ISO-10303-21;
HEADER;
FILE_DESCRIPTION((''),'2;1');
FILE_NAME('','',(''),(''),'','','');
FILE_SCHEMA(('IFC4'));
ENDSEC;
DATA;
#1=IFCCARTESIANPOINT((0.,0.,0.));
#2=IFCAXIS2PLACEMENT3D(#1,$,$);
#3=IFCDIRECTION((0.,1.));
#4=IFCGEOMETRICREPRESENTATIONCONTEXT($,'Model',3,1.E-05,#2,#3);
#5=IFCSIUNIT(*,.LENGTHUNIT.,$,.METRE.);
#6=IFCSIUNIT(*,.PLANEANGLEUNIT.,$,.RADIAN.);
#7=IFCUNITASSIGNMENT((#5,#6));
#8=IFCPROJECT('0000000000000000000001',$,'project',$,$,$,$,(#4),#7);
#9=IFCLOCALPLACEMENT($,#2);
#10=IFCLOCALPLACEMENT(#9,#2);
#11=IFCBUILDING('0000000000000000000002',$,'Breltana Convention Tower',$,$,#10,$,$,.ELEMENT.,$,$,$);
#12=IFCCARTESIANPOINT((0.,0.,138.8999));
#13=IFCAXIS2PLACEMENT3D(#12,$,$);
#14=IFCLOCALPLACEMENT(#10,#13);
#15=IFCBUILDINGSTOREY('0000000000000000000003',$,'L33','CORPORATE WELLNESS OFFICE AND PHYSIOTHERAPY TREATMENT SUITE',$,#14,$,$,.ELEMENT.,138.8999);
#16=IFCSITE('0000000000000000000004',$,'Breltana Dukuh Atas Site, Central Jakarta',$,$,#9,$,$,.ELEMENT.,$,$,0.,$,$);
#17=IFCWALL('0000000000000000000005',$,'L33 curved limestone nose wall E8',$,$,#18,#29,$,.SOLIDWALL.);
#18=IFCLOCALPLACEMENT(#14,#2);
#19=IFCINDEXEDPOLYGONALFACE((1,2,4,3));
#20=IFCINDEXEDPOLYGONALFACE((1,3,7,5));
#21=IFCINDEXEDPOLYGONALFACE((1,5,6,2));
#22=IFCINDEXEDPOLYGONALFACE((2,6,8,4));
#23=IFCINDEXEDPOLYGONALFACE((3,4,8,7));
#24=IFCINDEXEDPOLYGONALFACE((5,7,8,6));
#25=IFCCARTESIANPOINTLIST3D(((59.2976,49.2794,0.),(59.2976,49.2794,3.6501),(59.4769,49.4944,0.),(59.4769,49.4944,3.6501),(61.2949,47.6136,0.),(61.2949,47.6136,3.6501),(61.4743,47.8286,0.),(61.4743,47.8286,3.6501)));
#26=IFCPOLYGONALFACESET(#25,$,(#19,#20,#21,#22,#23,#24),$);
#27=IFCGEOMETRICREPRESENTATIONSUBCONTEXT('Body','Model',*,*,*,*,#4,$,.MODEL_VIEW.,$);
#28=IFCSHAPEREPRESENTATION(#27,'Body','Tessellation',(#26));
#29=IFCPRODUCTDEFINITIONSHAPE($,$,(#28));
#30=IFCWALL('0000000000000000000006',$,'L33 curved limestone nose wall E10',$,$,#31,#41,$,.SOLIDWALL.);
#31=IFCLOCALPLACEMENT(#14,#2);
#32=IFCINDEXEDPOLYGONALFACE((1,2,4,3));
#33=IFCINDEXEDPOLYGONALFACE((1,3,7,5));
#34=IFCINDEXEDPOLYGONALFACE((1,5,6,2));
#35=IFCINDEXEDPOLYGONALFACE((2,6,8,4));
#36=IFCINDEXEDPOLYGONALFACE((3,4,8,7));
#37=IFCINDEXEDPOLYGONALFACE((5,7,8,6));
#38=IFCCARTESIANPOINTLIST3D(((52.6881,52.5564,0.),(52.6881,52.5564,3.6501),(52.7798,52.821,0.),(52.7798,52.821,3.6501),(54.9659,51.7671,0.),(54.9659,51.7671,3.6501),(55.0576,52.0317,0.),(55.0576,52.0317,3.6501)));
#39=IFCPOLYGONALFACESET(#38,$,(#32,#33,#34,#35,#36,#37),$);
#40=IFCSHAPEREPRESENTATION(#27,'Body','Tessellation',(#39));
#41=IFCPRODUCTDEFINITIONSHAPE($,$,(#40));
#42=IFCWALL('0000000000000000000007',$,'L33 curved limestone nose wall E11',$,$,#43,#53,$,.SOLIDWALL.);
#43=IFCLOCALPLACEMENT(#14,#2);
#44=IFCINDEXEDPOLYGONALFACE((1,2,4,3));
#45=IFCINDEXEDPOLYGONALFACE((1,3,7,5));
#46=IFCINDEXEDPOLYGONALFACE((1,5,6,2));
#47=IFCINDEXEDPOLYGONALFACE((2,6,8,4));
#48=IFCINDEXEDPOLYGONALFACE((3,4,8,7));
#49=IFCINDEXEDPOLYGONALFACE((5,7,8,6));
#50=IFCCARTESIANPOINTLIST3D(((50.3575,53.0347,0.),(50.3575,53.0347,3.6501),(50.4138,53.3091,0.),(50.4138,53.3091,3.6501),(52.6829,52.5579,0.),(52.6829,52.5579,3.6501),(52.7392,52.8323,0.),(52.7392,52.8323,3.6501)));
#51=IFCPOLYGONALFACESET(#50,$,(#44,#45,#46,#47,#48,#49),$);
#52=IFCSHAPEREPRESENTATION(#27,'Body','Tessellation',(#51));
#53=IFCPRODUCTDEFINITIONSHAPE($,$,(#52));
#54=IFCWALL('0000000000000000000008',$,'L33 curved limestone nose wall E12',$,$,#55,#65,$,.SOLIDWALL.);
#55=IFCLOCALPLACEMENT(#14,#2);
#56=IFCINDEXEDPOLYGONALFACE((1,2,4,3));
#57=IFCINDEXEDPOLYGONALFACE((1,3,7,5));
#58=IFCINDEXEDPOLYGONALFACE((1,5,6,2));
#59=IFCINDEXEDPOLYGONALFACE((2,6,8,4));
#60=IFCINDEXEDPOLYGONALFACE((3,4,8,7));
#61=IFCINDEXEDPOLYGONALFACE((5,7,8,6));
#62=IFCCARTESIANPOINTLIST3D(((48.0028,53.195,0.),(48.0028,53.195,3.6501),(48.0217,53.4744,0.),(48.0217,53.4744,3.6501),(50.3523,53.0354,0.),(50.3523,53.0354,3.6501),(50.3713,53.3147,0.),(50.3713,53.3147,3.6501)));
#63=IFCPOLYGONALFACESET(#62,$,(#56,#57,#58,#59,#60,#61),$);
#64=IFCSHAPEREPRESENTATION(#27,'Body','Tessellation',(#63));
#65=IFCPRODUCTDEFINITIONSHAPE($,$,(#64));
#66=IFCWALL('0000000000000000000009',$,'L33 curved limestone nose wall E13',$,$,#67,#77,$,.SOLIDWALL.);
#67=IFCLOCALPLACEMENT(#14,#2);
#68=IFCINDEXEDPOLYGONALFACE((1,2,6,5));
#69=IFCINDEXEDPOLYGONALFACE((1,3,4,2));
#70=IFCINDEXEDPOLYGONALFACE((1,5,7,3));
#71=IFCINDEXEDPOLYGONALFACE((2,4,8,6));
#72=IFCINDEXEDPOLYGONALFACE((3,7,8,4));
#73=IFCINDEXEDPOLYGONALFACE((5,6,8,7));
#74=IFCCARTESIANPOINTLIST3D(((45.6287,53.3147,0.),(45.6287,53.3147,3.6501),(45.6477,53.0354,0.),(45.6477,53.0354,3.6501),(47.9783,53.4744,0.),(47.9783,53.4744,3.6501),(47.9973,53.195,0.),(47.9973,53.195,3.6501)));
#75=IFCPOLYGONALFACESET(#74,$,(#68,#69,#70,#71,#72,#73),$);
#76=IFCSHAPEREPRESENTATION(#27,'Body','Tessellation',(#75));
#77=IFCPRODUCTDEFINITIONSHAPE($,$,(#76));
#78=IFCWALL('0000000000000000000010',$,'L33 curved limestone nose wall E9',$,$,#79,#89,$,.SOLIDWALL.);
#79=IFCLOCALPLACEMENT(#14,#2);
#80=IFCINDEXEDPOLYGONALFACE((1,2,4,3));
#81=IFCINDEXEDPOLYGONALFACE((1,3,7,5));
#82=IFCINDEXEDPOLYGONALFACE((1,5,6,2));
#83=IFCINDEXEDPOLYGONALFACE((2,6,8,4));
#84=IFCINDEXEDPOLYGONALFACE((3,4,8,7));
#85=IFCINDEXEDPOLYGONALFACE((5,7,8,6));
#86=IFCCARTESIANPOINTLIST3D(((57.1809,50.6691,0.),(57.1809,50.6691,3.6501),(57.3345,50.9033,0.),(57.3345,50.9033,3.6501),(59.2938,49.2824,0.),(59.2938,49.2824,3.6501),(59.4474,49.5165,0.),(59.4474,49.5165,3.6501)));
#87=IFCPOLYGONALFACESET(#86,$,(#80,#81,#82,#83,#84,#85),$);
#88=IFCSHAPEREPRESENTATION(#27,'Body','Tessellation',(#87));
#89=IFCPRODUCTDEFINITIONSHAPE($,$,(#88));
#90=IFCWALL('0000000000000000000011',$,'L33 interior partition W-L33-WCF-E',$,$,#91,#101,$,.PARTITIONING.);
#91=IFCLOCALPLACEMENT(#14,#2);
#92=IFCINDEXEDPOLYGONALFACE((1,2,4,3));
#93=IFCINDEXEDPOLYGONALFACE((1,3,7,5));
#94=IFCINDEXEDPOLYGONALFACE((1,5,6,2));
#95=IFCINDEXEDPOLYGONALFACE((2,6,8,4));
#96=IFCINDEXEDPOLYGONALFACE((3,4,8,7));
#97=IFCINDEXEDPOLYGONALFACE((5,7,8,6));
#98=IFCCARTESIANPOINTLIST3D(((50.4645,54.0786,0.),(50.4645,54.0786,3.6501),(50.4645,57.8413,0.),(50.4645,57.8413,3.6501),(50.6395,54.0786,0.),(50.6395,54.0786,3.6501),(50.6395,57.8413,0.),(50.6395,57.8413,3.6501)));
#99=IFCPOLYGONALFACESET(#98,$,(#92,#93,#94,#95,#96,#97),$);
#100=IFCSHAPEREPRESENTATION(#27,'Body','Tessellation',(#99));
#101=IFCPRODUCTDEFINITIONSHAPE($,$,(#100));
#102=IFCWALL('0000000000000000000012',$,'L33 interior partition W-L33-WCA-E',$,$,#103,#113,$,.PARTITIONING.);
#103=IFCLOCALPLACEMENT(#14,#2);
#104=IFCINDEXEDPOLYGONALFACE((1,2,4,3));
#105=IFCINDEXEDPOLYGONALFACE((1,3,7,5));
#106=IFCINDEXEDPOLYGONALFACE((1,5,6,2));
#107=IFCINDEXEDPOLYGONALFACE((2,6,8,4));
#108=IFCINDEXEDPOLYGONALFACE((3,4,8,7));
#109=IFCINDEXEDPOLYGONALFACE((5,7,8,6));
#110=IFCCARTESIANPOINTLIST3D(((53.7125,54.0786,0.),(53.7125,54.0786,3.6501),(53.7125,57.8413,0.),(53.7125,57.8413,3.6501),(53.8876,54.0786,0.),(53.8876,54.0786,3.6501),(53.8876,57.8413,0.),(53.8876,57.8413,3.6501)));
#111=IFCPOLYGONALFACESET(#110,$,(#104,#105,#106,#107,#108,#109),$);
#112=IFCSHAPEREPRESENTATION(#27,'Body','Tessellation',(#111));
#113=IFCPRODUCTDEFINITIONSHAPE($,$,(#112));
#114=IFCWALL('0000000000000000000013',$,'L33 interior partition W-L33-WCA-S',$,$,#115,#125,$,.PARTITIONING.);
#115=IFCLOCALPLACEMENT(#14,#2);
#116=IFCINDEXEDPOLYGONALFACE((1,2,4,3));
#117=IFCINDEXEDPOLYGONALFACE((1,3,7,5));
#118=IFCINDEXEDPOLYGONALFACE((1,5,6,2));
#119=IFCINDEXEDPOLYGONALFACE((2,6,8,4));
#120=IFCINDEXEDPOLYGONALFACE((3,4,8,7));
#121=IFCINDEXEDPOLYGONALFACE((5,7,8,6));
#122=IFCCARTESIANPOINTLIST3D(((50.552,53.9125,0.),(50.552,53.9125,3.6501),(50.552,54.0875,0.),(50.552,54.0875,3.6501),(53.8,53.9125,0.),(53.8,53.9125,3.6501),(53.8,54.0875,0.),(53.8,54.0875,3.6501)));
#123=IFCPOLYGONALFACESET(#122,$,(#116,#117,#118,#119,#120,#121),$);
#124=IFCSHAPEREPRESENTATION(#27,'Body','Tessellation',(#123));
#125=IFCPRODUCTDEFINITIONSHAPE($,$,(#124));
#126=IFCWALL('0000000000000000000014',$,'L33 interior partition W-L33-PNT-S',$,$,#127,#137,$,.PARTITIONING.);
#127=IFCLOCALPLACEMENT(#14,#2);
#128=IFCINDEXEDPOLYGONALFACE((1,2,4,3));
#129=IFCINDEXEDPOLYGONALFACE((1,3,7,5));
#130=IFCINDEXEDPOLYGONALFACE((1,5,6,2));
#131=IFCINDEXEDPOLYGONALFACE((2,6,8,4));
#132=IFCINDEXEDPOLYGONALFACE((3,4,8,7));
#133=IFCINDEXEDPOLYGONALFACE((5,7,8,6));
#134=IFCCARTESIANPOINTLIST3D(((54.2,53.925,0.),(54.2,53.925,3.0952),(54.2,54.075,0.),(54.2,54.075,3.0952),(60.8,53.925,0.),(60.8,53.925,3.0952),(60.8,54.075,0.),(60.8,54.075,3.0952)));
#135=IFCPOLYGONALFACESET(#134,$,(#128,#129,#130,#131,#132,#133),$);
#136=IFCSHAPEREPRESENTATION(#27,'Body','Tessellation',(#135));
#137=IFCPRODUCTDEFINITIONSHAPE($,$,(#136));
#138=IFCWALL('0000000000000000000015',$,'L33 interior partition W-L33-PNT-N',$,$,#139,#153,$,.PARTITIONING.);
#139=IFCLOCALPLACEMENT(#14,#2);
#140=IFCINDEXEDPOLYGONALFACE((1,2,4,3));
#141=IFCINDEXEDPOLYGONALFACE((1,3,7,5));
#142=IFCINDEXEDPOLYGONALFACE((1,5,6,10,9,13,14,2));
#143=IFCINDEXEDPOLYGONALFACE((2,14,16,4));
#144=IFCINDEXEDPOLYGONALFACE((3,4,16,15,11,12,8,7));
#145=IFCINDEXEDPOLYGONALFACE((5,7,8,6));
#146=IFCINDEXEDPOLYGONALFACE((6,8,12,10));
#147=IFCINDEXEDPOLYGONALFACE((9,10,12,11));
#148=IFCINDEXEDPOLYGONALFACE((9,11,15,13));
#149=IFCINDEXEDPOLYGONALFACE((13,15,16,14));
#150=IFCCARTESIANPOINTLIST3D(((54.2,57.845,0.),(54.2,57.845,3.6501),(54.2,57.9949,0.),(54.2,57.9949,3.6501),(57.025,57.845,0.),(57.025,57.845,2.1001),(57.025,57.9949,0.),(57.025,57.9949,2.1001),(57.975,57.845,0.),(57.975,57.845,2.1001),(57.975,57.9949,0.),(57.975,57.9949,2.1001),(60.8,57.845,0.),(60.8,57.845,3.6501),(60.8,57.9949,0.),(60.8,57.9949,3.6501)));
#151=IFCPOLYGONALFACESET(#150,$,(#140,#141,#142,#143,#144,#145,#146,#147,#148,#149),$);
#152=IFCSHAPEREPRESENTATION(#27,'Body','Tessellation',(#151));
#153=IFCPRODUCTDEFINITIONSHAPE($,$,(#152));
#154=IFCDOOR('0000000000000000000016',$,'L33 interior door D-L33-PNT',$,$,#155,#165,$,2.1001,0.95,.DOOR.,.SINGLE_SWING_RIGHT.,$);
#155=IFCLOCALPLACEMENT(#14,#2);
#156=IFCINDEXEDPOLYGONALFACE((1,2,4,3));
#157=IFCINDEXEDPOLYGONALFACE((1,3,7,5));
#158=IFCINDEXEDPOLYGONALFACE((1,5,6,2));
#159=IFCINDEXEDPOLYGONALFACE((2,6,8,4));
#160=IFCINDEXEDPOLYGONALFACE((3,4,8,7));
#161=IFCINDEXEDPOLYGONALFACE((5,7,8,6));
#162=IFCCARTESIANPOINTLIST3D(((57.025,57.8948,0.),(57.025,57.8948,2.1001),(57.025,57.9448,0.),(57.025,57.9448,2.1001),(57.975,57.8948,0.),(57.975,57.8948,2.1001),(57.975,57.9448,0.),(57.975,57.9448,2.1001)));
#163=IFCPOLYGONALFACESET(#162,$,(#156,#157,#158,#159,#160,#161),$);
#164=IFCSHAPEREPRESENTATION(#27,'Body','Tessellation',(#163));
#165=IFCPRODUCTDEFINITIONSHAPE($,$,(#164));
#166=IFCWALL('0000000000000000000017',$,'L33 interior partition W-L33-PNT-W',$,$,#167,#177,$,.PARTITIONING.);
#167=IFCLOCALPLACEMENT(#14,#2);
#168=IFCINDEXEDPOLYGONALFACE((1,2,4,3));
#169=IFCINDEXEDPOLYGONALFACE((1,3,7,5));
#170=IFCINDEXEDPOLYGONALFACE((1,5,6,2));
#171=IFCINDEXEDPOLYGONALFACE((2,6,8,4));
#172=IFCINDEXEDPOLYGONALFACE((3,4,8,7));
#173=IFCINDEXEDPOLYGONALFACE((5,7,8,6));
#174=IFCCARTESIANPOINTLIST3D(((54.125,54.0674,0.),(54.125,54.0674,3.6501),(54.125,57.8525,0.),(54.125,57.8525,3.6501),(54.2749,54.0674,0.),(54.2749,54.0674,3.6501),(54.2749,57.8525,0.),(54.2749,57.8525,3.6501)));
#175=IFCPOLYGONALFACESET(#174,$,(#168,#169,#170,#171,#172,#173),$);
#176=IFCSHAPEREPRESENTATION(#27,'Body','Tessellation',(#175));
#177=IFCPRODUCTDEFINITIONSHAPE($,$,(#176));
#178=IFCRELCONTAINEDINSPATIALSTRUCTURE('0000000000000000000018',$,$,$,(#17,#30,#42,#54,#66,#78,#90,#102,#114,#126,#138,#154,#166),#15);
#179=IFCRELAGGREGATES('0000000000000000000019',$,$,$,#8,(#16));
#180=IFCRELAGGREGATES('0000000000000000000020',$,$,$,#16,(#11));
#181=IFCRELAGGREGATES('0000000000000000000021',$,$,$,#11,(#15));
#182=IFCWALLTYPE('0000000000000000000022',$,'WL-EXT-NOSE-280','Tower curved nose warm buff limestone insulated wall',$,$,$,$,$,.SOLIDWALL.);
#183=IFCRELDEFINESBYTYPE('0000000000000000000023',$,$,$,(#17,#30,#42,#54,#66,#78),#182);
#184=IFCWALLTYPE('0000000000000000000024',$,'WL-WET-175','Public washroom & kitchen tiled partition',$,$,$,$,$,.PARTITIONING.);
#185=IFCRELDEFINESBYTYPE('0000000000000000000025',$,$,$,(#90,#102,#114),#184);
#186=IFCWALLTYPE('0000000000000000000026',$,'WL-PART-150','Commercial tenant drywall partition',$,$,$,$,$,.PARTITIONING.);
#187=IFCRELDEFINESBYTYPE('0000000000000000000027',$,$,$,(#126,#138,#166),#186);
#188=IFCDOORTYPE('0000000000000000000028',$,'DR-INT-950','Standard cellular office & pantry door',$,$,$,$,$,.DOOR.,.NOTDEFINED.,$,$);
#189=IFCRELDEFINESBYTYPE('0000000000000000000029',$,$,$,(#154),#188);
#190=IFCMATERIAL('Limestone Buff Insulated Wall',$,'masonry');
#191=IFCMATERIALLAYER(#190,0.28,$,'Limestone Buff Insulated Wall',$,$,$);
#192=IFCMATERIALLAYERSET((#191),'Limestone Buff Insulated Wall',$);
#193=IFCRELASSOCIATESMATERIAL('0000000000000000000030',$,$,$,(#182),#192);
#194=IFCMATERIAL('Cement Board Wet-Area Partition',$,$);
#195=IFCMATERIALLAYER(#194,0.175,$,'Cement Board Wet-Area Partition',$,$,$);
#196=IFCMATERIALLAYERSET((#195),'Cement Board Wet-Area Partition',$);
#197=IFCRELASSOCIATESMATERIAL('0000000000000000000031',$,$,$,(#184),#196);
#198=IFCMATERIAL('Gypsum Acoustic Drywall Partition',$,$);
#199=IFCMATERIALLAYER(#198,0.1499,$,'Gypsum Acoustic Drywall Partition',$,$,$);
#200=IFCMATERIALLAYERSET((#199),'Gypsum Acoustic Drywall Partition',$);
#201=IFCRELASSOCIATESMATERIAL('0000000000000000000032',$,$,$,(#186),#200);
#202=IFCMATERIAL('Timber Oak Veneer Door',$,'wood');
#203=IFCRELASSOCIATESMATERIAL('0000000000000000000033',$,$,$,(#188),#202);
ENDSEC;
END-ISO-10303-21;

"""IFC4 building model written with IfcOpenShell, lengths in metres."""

from ifc_helpers import new_model, si_unit, direction, frame, frame_2d, origin, place, context, subcontext, project, spatial, rectangle, extrude, source, transform, mapped, material, layer, layer_set, type_object, type_shapes, element, fill, save


model = new_model("IFC4")

# Units and contexts
model_context = context("Model", 3, precision=1e-05, world=origin(), true_north=direction((0.0, 1.0)))
body_context = subcontext(model_context, "Body", "Model", "MODEL_VIEW")
ifc_project = project(units=[si_unit("LENGTHUNIT", "METRE"), si_unit("PLANEANGLEUNIT", "RADIAN")], contexts=[model_context])

# Site, building, storey
site_placement = place(None, origin())
site = spatial("IfcSite", under=ifc_project, at=site_placement, Name="Breltana Dukuh Atas Site, Central Jakarta", CompositionType="ELEMENT", RefElevation=0.0)
building_placement = place(site_placement, origin())
building = spatial("IfcBuilding", under=site, at=building_placement, Name="Breltana Convention Tower", CompositionType="ELEMENT")
storey_placement = place(building_placement, frame((0.0, 0.0, 138.8999)))
storey = spatial("IfcBuildingStorey", under=building, at=storey_placement, Name="L33", Description="CORPORATE WELLNESS OFFICE AND PHYSIOTHERAPY TREATMENT SUITE", CompositionType="ELEMENT", Elevation=138.8999)

# Walls
ifc_material_1 = material(Name="Limestone Buff Insulated Wall", Category="masonry")
ifc_layer_1 = layer(ifc_material_1, 0.28, Name="Limestone Buff Insulated Wall")
ifc_layer_set_1 = layer_set([ifc_layer_1], Name="Limestone Buff Insulated Wall")
wall_type_1 = type_object("IfcWallType", Name="WL-EXT-NOSE-280", Description="Tower curved nose warm buff limestone insulated wall", PredefinedType="SOLIDWALL", material=ifc_layer_set_1)
shared_shape_1 = source(origin(), body_context, "Body", "SweptSolid", [
    extrude(rectangle(XDim=2.6008, YDim=0.28, at=frame_2d((1.3003, 0.0))), origin(), (0.0, 0.0, 1.0), 3.6501),
])
wall_1_placement = place(storey_placement, frame((61.3845, 47.7212, 0.0), z_axis=(0.0, 0.0, 1.0), x_axis=(-0.767967, 0.640489, 0.0)))
element("IfcWall", 1, at=wall_1_placement, inside=storey, type_object=wall_type_1, Name="L33 curved limestone nose wall E8", PredefinedType="SOLIDWALL", context=body_context, shape_type="MappedRepresentation", body=[
    mapped(shared_shape_1, transform((0.0, 0.0, 0.0), scale=1.0)),
])
shared_shape_2 = source(origin(), body_context, "Body", "SweptSolid", [
    extrude(rectangle(XDim=2.4106, YDim=0.28, at=frame_2d((1.2053, 0.0))), origin(), (0.0, 0.0, 1.0), 3.6501),
])
wall_2_placement = place(storey_placement, frame((55.0117, 51.8994, 0.0), z_axis=(0.0, 0.0, 1.0), x_axis=(-0.94488, 0.327417, 0.0)))
element("IfcWall", 2, at=wall_2_placement, inside=storey, type_object=wall_type_1, Name="L33 curved limestone nose wall E10", PredefinedType="SOLIDWALL", context=body_context, shape_type="MappedRepresentation", body=[
    mapped(shared_shape_2, transform((0.0, 0.0, 0.0), scale=1.0)),
])
shared_shape_3 = source(origin(), body_context, "Body", "SweptSolid", [
    extrude(rectangle(XDim=2.3738, YDim=0.28, at=frame_2d((1.187, 0.0))), origin(), (0.0, 0.0, 1.0), 3.6501),
])
wall_3_placement = place(storey_placement, frame((52.7112, 52.6951, 0.0), z_axis=(0.0, 0.0, 1.0), x_axis=(-0.97962, 0.200861, 0.0)))
element("IfcWall", 3, at=wall_3_placement, inside=storey, type_object=wall_type_1, Name="L33 curved limestone nose wall E11", PredefinedType="SOLIDWALL", context=body_context, shape_type="MappedRepresentation", body=[
    mapped(shared_shape_3, transform((0.0, 0.0, 0.0), scale=1.0)),
])
shared_shape_4 = source(origin(), body_context, "Body", "SweptSolid", [
    extrude(rectangle(XDim=2.355, YDim=0.28, at=frame_2d((1.1775, 0.0))), origin(), (0.0, 0.0, 1.0), 3.6501),
])
for number, where, z_axis, x_axis, name in (
    (4, (50.3618, 53.175, 0.0), (0.0, 0.0, 1.0), (-0.997699, 0.067799, 0.0), "L33 curved limestone nose wall E12"),
    (5, (47.9878, 53.3347, 0.0), (0.0, 0.0, 1.0), (-0.997699, -0.067799, 0.0), "L33 curved limestone nose wall E13"),
):
    element("IfcWall", number, at=place(storey_placement, frame(where, z_axis=z_axis, x_axis=x_axis)), inside=storey, type_object=wall_type_1, Name=name, PredefinedType="SOLIDWALL", context=body_context, shape_type="MappedRepresentation", body=[
        mapped(shared_shape_4, transform((0.0, 0.0, 0.0), scale=1.0)),
    ])
shared_shape_5 = source(origin(), body_context, "Body", "SweptSolid", [
    extrude(rectangle(XDim=2.5273, YDim=0.28, at=frame_2d((1.2637, 0.0))), origin(), (0.0, 0.0, 1.0), 3.6501),
])
wall_4_placement = place(storey_placement, frame((59.3706, 49.3994, 0.0), z_axis=(0.0, 0.0, 1.0), x_axis=(-0.836012, 0.548711, 0.0)))
element("IfcWall", 6, at=wall_4_placement, inside=storey, type_object=wall_type_1, Name="L33 curved limestone nose wall E9", PredefinedType="SOLIDWALL", context=body_context, shape_type="MappedRepresentation", body=[
    mapped(shared_shape_5, transform((0.0, 0.0, 0.0), scale=1.0)),
])
ifc_material_2 = material(Name="Cement Board Wet-Area Partition")
ifc_layer_2 = layer(ifc_material_2, 0.175, Name="Cement Board Wet-Area Partition")
ifc_layer_set_2 = layer_set([ifc_layer_2], Name="Cement Board Wet-Area Partition")
wall_type_2 = type_object("IfcWallType", Name="WL-WET-175", Description="Public washroom & kitchen tiled partition", PredefinedType="PARTITIONING", material=ifc_layer_set_2)
shared_shape_6 = source(origin(), body_context, "Body", "SweptSolid", [
    extrude(rectangle(XDim=3.7627, YDim=0.175, at=frame_2d((1.8813, 0.0))), origin(), (0.0, 0.0, 1.0), 3.6501),
])
for number, where, z_axis, x_axis, name in (
    (7, (50.552, 54.0786, 0.0), (0.0, 0.0, 1.0), (0.0, 1.0, 0.0), "L33 interior partition W-L33-WCF-E"),
    (8, (53.8, 54.0786, 0.0), (0.0, 0.0, 1.0), (0.0, 1.0, 0.0), "L33 interior partition W-L33-WCA-E"),
):
    element("IfcWall", number, at=place(storey_placement, frame(where, z_axis=z_axis, x_axis=x_axis)), inside=storey, type_object=wall_type_2, Name=name, PredefinedType="PARTITIONING", context=body_context, shape_type="MappedRepresentation", body=[
        mapped(shared_shape_6, transform((0.0, 0.0, 0.0), scale=1.0)),
    ])
shared_shape_7 = source(origin(), body_context, "Body", "SweptSolid", [
    extrude(rectangle(XDim=3.248, YDim=0.175, at=frame_2d((1.624, 0.0))), origin(), (0.0, 0.0, 1.0), 3.6501),
])
wall_5_placement = place(storey_placement, frame((50.552, 54.0, 0.0), z_axis=(0.0, 0.0, 1.0), x_axis=(1.0, 0.0, 0.0)))
element("IfcWall", 9, at=wall_5_placement, inside=storey, type_object=wall_type_2, Name="L33 interior partition W-L33-WCA-S", PredefinedType="PARTITIONING", context=body_context, shape_type="MappedRepresentation", body=[
    mapped(shared_shape_7, transform((0.0, 0.0, 0.0), scale=1.0)),
])

# Wall
ifc_material_3 = material(Name="Gypsum Acoustic Drywall Partition")
ifc_layer_3 = layer(ifc_material_3, 0.1499, Name="Gypsum Acoustic Drywall Partition")
ifc_layer_set_3 = layer_set([ifc_layer_3], Name="Gypsum Acoustic Drywall Partition")
wall_type_3 = type_object("IfcWallType", Name="WL-PART-150", Description="Commercial tenant drywall partition", PredefinedType="PARTITIONING", material=ifc_layer_set_3)
shared_shape_8 = source(origin(), body_context, "Body", "SweptSolid", [
    extrude(rectangle(XDim=6.6001, YDim=0.1499, at=frame_2d((3.3, 0.0))), origin(), (0.0, 0.0, 1.0), 3.0952),
])
wall_6_placement = place(storey_placement, frame((54.2, 54.0, 0.0), z_axis=(0.0, 0.0, 1.0), x_axis=(1.0, 0.0, 0.0)))
element("IfcWall", 10, at=wall_6_placement, inside=storey, type_object=wall_type_3, Name="L33 interior partition W-L33-PNT-S", PredefinedType="PARTITIONING", context=body_context, shape_type="MappedRepresentation", body=[
    mapped(shared_shape_8, transform((0.0, 0.0, 0.0), scale=1.0)),
])

# Wall, opening, door
shared_shape_9 = source(origin(), body_context, "Body", "SweptSolid", [
    extrude(rectangle(XDim=6.6001, YDim=0.1499, at=frame_2d((3.3, 0.0))), origin(), (0.0, 0.0, 1.0), 3.6501),
])
wall_7_placement = place(storey_placement, frame((54.2, 57.9199, 0.0), z_axis=(0.0, 0.0, 1.0), x_axis=(1.0, 0.0, 0.0)))
wall_7 = element("IfcWall", 11, at=wall_7_placement, inside=storey, type_object=wall_type_3, Name="L33 interior partition W-L33-PNT-N", PredefinedType="PARTITIONING", context=body_context, shape_type="MappedRepresentation", body=[
    mapped(shared_shape_9, transform((0.0, 0.0, 0.0), scale=1.0)),
])
opening_1_placement = place(wall_7_placement, frame((2.825, 0.0, 0.0)))
opening_1 = element("IfcOpeningElement", 12, at=opening_1_placement, cuts=wall_7, PredefinedType="OPENING", context=body_context, shape_type="SweptSolid", body=[
    extrude(rectangle(XDim=0.95, YDim=2.1001, at=frame_2d((0.4751, 1.05))), frame((0.0, 0.085, 0.0), z_axis=(0.0, -1.0, 0.0), x_axis=(1.0, 0.0, 0.0)), (0.0, 0.0, 1.0), 0.1699),
])
ifc_material_4 = material(Name="Timber Oak Veneer Door", Category="wood")
door_type_1 = type_object("IfcDoorType", Name="DR-INT-950", Description="Standard cellular office & pantry door", OperationType="NOTDEFINED", PredefinedType="DOOR", material=ifc_material_4)
shared_shape_10 = source(origin(), body_context, "Body", "SweptSolid", [
    extrude(rectangle(XDim=0.95, YDim=2.1001, at=frame_2d((0.4751, 1.05))), frame((0.0, 0.0249, 0.0), z_axis=(0.0, -1.0, 0.0), x_axis=(1.0, 0.0, 0.0)), (0.0, 0.0, 1.0), 0.05),
])
type_shapes(door_type_1, [shared_shape_10])
door_1_placement = place(opening_1_placement, origin())
door_1 = element("IfcDoor", 13, at=door_1_placement, inside=storey, type_object=door_type_1, Name="L33 interior door D-L33-PNT", OperationType="SINGLE_SWING_RIGHT", OverallHeight=2.1001, OverallWidth=0.95, PredefinedType="DOOR", context=body_context, shape_type="MappedRepresentation", body=[
    mapped(shared_shape_10, transform((0.0, 0.0, 0.0), scale=1.0)),
])
fill(opening_1, door_1)

# Wall
shared_shape_11 = source(origin(), body_context, "Body", "SweptSolid", [
    extrude(rectangle(XDim=3.7852, YDim=0.1499, at=frame_2d((1.8926, 0.0))), origin(), (0.0, 0.0, 1.0), 3.6501),
])
for number, where, z_axis, x_axis, name in (
    (14, (54.2, 54.0674, 0.0), (0.0, 0.0, 1.0), (0.0, 1.0, 0.0), "L33 interior partition W-L33-PNT-W"),
):
    element("IfcWall", number, at=place(storey_placement, frame(where, z_axis=z_axis, x_axis=x_axis)), inside=storey, type_object=wall_type_3, Name=name, PredefinedType="PARTITIONING", context=body_context, shape_type="MappedRepresentation", body=[
        mapped(shared_shape_11, transform((0.0, 0.0, 0.0), scale=1.0)),
    ])

save(model, "model.ifc")
